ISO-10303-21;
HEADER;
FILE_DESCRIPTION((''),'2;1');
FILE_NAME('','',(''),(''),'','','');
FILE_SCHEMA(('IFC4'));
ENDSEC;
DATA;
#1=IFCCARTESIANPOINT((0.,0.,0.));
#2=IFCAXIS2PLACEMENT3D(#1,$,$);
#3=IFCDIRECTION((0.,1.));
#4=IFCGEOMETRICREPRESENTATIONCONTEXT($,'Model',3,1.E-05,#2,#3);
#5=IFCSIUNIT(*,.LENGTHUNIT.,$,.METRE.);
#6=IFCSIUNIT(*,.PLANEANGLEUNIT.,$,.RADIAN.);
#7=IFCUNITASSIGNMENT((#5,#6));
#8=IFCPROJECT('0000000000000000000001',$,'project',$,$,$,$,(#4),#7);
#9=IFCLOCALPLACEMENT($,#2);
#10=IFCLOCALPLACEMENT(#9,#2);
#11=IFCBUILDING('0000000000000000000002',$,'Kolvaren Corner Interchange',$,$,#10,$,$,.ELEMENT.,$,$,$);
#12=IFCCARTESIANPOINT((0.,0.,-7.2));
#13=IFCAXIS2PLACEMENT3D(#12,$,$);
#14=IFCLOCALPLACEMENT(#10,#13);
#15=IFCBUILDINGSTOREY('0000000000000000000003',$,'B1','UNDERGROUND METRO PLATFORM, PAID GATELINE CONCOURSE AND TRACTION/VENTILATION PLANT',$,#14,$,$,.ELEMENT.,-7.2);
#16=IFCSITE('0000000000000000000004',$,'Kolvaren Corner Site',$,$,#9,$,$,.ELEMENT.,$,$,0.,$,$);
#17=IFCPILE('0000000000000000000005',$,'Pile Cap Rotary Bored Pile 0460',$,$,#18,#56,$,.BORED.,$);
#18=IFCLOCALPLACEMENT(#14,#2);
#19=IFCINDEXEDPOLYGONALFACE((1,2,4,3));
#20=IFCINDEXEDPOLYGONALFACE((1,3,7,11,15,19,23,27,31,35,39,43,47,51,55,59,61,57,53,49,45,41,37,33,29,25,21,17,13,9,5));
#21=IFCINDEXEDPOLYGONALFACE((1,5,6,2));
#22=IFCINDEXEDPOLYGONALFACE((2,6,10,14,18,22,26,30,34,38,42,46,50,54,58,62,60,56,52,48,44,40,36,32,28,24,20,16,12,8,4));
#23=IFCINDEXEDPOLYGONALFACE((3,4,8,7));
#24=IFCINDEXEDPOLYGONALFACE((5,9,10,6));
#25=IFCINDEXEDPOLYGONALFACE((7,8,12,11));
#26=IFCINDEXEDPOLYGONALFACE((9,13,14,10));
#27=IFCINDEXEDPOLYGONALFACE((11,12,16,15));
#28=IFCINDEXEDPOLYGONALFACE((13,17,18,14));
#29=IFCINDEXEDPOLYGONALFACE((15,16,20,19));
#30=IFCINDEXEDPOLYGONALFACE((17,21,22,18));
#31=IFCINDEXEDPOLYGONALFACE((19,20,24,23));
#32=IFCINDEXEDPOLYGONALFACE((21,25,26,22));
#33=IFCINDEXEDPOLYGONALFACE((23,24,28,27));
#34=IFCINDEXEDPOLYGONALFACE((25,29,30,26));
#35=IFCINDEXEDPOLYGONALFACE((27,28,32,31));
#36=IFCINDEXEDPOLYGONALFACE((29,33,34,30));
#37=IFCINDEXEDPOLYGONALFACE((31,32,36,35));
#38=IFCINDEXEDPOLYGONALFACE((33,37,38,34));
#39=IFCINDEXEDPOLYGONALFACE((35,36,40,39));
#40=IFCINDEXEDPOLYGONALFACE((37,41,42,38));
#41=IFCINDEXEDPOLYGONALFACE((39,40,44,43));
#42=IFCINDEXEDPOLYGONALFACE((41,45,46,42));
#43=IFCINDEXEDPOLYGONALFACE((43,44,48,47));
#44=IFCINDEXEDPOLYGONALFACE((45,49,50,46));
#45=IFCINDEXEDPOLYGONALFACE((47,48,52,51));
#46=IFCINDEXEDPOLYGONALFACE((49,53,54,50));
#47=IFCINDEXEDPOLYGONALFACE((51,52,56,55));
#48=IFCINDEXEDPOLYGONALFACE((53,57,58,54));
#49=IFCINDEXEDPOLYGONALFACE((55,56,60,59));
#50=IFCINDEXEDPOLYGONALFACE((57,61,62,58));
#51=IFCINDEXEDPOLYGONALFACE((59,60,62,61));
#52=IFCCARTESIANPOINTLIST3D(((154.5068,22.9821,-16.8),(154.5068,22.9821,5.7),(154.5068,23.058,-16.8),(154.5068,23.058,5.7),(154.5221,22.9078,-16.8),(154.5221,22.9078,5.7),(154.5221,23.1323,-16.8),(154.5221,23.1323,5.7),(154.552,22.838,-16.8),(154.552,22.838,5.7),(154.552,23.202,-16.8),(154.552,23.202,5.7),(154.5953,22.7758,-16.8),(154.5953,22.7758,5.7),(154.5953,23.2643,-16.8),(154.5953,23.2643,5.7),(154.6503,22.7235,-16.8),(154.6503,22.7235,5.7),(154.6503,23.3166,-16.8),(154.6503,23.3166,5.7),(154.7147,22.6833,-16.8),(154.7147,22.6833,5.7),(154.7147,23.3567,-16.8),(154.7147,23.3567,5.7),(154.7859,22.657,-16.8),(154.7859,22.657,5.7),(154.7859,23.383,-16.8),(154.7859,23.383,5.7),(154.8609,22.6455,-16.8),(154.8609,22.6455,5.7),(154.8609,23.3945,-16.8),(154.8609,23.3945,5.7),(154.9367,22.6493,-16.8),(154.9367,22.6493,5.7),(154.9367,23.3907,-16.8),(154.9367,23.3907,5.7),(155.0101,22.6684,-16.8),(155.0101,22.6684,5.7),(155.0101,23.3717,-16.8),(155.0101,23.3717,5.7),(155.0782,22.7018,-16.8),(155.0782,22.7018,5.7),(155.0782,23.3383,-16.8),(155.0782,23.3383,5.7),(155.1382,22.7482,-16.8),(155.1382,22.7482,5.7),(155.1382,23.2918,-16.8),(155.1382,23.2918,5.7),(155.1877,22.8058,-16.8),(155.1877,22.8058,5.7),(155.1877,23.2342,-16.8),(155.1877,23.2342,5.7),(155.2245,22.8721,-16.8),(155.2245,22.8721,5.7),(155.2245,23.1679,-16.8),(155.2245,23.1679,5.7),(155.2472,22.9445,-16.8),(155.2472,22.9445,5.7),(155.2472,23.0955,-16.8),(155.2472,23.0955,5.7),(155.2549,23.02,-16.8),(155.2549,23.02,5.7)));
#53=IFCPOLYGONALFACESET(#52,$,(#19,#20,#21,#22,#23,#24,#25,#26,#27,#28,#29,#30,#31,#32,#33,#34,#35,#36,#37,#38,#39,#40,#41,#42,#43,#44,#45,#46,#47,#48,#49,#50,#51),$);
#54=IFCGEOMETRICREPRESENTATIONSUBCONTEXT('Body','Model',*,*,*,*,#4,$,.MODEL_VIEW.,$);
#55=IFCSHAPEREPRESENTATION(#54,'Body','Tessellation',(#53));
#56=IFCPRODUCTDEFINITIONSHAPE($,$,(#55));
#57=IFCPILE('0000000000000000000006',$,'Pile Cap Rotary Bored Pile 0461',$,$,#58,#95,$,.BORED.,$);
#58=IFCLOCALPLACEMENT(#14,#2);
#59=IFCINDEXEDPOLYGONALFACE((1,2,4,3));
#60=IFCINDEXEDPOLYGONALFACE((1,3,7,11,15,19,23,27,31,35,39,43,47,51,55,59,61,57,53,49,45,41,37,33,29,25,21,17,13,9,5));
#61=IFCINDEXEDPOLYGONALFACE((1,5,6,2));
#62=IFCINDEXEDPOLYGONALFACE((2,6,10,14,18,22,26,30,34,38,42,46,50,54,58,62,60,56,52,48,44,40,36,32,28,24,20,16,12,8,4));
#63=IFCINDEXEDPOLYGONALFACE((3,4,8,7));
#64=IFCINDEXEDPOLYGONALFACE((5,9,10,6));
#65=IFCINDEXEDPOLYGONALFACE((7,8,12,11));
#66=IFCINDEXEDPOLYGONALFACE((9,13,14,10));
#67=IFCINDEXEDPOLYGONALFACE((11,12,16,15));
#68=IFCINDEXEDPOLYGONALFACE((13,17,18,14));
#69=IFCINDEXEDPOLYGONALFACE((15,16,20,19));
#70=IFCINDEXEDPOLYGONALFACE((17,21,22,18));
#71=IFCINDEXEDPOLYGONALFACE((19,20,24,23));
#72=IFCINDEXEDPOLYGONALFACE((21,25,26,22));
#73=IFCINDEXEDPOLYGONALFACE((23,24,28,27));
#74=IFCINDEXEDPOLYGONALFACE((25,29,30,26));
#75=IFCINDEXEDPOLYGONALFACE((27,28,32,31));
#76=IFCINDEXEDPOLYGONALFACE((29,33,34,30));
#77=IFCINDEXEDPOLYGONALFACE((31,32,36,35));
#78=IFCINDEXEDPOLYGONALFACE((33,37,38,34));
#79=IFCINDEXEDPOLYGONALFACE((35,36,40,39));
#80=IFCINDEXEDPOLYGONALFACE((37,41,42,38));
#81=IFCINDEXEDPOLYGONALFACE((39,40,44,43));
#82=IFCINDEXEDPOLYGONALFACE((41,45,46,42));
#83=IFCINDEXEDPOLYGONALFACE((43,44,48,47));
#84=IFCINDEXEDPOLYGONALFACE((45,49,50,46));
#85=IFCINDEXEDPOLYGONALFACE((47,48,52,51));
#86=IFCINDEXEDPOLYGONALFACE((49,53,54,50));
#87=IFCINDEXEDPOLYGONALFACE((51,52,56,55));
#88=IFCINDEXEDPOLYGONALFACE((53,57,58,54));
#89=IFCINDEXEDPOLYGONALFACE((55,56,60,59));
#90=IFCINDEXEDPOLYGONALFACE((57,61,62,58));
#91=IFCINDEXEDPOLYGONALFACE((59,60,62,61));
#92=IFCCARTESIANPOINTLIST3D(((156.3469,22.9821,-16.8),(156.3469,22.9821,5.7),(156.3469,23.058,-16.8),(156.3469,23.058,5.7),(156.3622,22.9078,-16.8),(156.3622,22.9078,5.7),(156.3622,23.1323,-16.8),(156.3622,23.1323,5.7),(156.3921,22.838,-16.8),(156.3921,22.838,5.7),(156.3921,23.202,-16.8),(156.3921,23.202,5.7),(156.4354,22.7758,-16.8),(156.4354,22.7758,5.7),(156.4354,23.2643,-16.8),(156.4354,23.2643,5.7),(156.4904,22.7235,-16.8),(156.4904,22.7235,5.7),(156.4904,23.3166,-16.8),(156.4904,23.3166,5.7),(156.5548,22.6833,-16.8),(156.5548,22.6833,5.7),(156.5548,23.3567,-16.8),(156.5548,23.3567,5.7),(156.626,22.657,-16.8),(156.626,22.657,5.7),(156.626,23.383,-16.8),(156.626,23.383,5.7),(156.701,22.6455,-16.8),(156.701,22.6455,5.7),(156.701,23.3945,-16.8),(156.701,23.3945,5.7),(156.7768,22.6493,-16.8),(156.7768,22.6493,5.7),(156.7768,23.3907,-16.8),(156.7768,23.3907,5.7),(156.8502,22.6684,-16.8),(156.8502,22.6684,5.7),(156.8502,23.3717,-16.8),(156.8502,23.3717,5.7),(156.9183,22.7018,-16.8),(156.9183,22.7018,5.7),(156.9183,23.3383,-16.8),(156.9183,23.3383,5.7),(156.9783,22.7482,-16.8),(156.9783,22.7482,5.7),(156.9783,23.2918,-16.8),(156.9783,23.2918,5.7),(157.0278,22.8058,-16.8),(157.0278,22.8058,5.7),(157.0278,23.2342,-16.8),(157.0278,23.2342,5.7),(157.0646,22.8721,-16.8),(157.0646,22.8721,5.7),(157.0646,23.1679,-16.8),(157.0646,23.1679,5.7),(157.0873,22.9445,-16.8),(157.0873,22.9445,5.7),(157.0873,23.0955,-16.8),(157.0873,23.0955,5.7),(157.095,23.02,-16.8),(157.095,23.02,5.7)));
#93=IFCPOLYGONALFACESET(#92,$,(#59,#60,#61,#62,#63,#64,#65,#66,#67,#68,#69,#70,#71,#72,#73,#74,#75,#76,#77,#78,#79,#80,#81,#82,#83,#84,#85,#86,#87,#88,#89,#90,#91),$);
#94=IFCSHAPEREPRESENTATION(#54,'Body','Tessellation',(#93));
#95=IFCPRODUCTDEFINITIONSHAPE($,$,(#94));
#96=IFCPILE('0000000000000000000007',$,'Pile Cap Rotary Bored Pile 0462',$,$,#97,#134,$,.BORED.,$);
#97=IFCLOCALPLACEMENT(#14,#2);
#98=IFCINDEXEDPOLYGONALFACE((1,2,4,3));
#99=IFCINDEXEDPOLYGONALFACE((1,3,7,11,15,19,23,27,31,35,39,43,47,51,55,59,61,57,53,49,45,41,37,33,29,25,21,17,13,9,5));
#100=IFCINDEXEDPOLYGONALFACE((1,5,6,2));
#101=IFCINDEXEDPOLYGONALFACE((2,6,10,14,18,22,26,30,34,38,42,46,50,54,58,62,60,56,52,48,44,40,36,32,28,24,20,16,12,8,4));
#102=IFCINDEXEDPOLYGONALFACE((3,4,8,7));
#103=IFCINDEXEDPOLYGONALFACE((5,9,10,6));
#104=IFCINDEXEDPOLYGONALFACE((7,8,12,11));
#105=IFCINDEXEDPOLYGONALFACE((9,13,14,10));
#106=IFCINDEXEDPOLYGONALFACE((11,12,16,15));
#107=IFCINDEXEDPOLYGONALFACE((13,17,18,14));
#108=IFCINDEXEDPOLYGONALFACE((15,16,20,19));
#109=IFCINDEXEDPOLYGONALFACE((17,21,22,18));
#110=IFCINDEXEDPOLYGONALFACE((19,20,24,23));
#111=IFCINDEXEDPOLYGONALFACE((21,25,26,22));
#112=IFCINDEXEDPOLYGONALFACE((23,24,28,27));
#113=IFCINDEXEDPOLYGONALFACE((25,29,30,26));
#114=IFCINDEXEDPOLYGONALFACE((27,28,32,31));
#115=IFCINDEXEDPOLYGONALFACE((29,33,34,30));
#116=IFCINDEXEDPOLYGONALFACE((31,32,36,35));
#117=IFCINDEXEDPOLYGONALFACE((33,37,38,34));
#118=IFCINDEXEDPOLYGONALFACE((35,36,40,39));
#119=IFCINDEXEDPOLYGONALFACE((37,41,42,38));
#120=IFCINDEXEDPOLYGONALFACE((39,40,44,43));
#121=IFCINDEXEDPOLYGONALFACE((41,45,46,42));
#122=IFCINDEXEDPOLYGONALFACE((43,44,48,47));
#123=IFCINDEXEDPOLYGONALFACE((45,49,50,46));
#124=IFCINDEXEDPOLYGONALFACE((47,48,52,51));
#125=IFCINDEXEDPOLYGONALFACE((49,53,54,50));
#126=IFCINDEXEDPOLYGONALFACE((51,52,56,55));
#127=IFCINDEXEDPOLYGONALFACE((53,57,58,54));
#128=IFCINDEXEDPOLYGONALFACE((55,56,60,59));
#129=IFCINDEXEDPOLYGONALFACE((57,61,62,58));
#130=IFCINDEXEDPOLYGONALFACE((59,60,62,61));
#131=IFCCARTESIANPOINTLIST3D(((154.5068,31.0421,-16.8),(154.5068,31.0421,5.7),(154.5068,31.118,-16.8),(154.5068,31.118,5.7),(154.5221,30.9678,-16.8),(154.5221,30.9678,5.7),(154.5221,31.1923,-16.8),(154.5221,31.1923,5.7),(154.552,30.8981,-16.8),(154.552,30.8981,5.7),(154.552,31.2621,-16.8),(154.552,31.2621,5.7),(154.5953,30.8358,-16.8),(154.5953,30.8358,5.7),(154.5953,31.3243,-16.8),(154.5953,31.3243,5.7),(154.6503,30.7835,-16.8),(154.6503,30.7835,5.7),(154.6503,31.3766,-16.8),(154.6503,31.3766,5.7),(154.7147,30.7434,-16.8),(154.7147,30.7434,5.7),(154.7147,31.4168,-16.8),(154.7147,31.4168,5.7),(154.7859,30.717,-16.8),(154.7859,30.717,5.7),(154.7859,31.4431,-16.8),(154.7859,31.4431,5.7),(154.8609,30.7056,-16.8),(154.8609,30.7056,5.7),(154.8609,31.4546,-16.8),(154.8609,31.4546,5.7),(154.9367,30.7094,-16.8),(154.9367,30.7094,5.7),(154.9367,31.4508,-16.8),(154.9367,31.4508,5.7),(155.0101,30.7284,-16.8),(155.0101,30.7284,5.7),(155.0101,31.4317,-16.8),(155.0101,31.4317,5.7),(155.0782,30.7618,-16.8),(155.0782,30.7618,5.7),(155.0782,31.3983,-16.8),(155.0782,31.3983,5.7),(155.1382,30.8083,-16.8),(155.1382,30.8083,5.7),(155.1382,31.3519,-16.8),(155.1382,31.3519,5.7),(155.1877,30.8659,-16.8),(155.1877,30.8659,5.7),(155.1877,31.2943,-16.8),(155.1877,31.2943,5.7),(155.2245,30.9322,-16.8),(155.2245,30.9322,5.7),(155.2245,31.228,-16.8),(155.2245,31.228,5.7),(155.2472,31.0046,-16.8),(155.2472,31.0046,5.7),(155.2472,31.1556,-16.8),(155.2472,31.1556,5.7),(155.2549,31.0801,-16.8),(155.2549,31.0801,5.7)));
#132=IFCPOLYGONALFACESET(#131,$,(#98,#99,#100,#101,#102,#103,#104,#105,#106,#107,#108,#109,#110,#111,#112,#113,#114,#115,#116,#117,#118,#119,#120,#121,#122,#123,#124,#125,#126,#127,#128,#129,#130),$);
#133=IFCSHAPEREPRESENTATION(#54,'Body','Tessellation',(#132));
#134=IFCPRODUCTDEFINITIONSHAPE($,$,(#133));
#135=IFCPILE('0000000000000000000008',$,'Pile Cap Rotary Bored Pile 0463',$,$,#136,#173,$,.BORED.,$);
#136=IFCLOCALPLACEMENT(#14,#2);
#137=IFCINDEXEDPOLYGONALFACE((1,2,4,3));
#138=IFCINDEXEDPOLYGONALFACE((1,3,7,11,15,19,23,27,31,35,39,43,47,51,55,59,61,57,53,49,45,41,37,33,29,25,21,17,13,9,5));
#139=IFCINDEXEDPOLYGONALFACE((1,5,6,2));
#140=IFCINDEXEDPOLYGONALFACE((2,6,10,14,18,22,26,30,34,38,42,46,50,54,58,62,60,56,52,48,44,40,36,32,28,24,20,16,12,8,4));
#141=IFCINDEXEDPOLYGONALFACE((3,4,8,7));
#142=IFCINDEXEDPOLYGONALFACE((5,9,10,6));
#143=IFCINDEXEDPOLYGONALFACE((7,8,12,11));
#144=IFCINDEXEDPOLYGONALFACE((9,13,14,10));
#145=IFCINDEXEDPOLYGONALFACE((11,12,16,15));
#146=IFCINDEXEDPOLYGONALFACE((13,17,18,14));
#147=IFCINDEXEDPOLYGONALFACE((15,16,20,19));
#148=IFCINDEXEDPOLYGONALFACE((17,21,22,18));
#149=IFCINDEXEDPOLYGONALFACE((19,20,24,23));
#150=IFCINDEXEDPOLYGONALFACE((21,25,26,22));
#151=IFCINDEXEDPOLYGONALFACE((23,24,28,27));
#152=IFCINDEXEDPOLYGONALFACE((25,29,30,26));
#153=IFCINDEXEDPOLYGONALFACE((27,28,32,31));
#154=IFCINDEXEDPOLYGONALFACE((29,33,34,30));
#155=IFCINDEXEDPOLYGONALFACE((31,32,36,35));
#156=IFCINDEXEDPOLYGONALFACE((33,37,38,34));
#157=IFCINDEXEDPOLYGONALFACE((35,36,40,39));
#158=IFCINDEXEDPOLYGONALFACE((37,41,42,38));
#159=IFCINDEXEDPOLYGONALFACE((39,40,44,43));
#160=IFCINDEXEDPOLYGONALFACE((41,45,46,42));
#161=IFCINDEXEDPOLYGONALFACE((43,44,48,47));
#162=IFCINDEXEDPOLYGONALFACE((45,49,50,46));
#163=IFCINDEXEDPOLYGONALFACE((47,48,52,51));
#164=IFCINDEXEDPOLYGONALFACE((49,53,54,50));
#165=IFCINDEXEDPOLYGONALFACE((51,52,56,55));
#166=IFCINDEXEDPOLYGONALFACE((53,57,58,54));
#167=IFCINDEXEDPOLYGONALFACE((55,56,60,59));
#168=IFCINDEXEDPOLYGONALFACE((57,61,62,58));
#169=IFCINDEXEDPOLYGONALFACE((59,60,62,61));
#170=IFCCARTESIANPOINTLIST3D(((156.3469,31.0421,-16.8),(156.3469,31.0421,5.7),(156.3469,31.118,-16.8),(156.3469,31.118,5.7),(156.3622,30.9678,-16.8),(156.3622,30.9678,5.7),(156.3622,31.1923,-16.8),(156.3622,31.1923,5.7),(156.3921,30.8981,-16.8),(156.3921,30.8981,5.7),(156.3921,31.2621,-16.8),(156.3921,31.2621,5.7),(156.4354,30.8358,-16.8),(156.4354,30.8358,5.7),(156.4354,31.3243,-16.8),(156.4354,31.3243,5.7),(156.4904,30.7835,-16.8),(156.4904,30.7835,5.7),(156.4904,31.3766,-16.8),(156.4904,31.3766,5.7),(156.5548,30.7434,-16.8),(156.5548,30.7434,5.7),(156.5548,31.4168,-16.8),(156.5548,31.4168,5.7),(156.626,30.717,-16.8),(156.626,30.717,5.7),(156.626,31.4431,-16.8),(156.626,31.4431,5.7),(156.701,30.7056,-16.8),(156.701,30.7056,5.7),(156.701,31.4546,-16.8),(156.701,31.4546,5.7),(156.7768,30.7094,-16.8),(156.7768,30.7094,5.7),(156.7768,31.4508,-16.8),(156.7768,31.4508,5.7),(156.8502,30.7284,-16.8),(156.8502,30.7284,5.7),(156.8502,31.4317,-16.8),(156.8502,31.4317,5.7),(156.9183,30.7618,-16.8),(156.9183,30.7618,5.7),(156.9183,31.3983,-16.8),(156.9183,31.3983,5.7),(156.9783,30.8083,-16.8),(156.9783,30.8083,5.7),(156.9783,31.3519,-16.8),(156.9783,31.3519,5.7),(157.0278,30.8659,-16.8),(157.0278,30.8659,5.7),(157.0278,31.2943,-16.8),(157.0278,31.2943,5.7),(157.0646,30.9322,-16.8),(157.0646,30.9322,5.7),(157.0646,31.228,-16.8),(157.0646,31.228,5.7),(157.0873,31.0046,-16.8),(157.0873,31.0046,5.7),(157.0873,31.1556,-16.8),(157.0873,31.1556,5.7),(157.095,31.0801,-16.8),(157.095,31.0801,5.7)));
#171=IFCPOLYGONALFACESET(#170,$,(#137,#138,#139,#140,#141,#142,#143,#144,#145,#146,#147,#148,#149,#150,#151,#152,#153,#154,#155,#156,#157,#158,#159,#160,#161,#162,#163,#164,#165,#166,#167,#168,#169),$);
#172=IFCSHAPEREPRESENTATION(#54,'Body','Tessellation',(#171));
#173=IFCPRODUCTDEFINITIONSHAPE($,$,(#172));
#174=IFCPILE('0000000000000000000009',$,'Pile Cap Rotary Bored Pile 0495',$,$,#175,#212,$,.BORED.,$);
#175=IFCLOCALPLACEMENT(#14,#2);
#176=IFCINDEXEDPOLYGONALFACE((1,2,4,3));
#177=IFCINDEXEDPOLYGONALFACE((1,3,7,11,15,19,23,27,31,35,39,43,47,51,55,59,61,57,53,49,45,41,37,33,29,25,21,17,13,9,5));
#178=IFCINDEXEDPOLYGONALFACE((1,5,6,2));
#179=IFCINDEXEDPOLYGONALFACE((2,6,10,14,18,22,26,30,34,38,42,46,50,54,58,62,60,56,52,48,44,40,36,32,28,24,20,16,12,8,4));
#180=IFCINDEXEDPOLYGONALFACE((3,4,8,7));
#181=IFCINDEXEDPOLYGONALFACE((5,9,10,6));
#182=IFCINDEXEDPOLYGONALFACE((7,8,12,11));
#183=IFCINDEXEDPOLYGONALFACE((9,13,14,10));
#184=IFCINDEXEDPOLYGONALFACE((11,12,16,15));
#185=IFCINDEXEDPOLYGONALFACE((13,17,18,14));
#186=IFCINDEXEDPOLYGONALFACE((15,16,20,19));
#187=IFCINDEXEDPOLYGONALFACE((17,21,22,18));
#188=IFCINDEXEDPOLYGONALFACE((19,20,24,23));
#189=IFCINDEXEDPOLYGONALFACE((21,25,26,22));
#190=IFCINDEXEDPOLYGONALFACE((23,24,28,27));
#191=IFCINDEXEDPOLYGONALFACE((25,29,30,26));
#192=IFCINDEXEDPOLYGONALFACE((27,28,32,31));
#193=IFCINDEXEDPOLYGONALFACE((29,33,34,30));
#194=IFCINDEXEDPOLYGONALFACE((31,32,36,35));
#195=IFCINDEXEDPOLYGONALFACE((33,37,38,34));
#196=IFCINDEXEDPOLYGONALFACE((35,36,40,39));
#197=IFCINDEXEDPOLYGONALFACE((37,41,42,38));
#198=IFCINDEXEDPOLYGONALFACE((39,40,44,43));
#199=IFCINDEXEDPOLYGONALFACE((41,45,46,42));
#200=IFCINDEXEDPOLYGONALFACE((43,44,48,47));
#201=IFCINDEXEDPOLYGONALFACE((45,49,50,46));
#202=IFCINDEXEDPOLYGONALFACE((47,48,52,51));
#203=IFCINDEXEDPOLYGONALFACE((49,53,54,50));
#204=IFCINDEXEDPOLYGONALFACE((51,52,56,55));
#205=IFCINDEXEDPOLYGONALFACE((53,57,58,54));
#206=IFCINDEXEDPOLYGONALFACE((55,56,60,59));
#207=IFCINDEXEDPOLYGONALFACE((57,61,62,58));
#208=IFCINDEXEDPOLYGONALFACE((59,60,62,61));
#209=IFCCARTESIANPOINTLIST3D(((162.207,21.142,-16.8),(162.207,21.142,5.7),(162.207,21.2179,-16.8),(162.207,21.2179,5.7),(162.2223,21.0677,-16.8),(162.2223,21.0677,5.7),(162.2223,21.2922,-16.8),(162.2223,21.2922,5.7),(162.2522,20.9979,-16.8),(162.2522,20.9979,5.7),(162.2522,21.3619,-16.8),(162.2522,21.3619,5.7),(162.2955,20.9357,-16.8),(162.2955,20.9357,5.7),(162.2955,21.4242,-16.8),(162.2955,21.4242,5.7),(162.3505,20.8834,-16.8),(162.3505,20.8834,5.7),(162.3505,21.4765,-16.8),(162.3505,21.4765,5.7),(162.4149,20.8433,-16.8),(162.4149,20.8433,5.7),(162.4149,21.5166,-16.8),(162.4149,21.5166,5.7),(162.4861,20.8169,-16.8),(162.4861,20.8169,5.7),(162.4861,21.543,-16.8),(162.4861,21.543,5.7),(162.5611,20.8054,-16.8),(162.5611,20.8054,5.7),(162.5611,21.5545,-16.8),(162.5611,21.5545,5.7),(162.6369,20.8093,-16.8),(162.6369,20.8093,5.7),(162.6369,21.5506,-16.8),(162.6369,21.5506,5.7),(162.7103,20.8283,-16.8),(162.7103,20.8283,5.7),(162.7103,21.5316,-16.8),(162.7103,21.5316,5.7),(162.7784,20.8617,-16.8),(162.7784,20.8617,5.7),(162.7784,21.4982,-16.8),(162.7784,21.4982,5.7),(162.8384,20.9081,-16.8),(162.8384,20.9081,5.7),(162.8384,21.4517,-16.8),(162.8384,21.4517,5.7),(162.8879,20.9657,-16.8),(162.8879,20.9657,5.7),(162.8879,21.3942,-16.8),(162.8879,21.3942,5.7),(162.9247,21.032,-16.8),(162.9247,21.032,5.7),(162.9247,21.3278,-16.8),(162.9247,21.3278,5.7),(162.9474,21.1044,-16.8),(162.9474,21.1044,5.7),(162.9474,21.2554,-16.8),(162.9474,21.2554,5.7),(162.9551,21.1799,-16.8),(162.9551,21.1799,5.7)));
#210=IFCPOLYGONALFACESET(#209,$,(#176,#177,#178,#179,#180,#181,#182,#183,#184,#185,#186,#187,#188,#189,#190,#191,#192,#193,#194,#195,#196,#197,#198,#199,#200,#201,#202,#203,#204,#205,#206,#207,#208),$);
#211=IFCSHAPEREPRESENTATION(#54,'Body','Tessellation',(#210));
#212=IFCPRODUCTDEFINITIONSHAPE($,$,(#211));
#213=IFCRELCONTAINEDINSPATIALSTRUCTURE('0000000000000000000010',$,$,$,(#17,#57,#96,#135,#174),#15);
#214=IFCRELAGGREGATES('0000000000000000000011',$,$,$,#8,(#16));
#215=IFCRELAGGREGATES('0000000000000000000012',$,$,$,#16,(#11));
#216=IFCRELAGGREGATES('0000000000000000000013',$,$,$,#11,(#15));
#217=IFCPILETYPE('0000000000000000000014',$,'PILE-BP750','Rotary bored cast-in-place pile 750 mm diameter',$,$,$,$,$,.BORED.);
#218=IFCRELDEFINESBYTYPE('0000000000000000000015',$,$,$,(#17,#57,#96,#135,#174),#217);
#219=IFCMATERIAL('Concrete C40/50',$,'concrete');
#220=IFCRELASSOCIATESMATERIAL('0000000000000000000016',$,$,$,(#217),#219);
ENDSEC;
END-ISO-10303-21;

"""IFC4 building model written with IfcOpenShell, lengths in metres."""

from ifc_helpers import new_model, si_unit, direction, frame, origin, origin_2d, place, context, subcontext, project, spatial, circle, extrude, material, material_profile, profile_set, type_object, element, save


model = new_model("IFC4")

# Units and contexts
model_context = context("Model", 3, precision=1e-05, world=origin(), true_north=direction((0.0, 1.0)))
body_context = subcontext(model_context, "Body", "Model", "MODEL_VIEW")
ifc_project = project(units=[si_unit("LENGTHUNIT", "METRE"), si_unit("PLANEANGLEUNIT", "RADIAN")], contexts=[model_context])

# Site, building, storey
site_placement = place(None, origin())
site = spatial("IfcSite", under=ifc_project, at=site_placement, Name="Kolvaren Corner Site", CompositionType="ELEMENT", RefElevation=0.0)
building_placement = place(site_placement, origin())
building = spatial("IfcBuilding", under=site, at=building_placement, Name="Kolvaren Corner Interchange", CompositionType="ELEMENT")
storey_placement = place(building_placement, frame((0.0, 0.0, -7.2)))
storey = spatial("IfcBuildingStorey", under=building, at=storey_placement, Name="B1", Description="UNDERGROUND METRO PLATFORM, PAID GATELINE CONCOURSE AND TRACTION/VENTILATION PLANT", CompositionType="ELEMENT", Elevation=-7.2)

# Piles
ifc_material_1 = material(Name="Concrete C40/50", Category="concrete")
ifc_material_profile_1 = material_profile(ifc_material_1, circle(Radius=0.375, at=origin_2d()), Name="BORED PILE 750")
ifc_profile_set_1 = profile_set([ifc_material_profile_1], Name="Concrete C40/50")
pile_type_1 = type_object("IfcPileType", Name="PILE-BP750", Description="Rotary bored cast-in-place pile 750 mm diameter", PredefinedType="BORED", material=ifc_profile_set_1)
for number, where, z_axis, x_axis, name in (
    (1, (154.8799, 23.02, 5.7), (0.0, 0.0, -1.0), (1.0, 0.0, 0.0), "Pile Cap Rotary Bored Pile 0460"),
    (2, (156.72, 23.02, 5.7), (0.0, 0.0, -1.0), (1.0, 0.0, 0.0), "Pile Cap Rotary Bored Pile 0461"),
    (3, (154.8799, 31.0801, 5.7), (0.0, 0.0, -1.0), (1.0, 0.0, 0.0), "Pile Cap Rotary Bored Pile 0462"),
    (4, (156.72, 31.0801, 5.7), (0.0, 0.0, -1.0), (1.0, 0.0, 0.0), "Pile Cap Rotary Bored Pile 0463"),
    (5, (162.5801, 21.1799, 5.7), (0.0, 0.0, -1.0), (1.0, 0.0, 0.0), "Pile Cap Rotary Bored Pile 0495"),
):
    element("IfcPile", number, at=place(storey_placement, frame(where, z_axis=z_axis, x_axis=x_axis)), inside=storey, type_object=pile_type_1, Name=name, PredefinedType="BORED", context=body_context, shape_type="SweptSolid", body=[
        extrude(circle(Radius=0.375, at=origin_2d()), origin(), (0.0, 0.0, 1.0), 22.5),
    ])

save(model, "model.ifc")
